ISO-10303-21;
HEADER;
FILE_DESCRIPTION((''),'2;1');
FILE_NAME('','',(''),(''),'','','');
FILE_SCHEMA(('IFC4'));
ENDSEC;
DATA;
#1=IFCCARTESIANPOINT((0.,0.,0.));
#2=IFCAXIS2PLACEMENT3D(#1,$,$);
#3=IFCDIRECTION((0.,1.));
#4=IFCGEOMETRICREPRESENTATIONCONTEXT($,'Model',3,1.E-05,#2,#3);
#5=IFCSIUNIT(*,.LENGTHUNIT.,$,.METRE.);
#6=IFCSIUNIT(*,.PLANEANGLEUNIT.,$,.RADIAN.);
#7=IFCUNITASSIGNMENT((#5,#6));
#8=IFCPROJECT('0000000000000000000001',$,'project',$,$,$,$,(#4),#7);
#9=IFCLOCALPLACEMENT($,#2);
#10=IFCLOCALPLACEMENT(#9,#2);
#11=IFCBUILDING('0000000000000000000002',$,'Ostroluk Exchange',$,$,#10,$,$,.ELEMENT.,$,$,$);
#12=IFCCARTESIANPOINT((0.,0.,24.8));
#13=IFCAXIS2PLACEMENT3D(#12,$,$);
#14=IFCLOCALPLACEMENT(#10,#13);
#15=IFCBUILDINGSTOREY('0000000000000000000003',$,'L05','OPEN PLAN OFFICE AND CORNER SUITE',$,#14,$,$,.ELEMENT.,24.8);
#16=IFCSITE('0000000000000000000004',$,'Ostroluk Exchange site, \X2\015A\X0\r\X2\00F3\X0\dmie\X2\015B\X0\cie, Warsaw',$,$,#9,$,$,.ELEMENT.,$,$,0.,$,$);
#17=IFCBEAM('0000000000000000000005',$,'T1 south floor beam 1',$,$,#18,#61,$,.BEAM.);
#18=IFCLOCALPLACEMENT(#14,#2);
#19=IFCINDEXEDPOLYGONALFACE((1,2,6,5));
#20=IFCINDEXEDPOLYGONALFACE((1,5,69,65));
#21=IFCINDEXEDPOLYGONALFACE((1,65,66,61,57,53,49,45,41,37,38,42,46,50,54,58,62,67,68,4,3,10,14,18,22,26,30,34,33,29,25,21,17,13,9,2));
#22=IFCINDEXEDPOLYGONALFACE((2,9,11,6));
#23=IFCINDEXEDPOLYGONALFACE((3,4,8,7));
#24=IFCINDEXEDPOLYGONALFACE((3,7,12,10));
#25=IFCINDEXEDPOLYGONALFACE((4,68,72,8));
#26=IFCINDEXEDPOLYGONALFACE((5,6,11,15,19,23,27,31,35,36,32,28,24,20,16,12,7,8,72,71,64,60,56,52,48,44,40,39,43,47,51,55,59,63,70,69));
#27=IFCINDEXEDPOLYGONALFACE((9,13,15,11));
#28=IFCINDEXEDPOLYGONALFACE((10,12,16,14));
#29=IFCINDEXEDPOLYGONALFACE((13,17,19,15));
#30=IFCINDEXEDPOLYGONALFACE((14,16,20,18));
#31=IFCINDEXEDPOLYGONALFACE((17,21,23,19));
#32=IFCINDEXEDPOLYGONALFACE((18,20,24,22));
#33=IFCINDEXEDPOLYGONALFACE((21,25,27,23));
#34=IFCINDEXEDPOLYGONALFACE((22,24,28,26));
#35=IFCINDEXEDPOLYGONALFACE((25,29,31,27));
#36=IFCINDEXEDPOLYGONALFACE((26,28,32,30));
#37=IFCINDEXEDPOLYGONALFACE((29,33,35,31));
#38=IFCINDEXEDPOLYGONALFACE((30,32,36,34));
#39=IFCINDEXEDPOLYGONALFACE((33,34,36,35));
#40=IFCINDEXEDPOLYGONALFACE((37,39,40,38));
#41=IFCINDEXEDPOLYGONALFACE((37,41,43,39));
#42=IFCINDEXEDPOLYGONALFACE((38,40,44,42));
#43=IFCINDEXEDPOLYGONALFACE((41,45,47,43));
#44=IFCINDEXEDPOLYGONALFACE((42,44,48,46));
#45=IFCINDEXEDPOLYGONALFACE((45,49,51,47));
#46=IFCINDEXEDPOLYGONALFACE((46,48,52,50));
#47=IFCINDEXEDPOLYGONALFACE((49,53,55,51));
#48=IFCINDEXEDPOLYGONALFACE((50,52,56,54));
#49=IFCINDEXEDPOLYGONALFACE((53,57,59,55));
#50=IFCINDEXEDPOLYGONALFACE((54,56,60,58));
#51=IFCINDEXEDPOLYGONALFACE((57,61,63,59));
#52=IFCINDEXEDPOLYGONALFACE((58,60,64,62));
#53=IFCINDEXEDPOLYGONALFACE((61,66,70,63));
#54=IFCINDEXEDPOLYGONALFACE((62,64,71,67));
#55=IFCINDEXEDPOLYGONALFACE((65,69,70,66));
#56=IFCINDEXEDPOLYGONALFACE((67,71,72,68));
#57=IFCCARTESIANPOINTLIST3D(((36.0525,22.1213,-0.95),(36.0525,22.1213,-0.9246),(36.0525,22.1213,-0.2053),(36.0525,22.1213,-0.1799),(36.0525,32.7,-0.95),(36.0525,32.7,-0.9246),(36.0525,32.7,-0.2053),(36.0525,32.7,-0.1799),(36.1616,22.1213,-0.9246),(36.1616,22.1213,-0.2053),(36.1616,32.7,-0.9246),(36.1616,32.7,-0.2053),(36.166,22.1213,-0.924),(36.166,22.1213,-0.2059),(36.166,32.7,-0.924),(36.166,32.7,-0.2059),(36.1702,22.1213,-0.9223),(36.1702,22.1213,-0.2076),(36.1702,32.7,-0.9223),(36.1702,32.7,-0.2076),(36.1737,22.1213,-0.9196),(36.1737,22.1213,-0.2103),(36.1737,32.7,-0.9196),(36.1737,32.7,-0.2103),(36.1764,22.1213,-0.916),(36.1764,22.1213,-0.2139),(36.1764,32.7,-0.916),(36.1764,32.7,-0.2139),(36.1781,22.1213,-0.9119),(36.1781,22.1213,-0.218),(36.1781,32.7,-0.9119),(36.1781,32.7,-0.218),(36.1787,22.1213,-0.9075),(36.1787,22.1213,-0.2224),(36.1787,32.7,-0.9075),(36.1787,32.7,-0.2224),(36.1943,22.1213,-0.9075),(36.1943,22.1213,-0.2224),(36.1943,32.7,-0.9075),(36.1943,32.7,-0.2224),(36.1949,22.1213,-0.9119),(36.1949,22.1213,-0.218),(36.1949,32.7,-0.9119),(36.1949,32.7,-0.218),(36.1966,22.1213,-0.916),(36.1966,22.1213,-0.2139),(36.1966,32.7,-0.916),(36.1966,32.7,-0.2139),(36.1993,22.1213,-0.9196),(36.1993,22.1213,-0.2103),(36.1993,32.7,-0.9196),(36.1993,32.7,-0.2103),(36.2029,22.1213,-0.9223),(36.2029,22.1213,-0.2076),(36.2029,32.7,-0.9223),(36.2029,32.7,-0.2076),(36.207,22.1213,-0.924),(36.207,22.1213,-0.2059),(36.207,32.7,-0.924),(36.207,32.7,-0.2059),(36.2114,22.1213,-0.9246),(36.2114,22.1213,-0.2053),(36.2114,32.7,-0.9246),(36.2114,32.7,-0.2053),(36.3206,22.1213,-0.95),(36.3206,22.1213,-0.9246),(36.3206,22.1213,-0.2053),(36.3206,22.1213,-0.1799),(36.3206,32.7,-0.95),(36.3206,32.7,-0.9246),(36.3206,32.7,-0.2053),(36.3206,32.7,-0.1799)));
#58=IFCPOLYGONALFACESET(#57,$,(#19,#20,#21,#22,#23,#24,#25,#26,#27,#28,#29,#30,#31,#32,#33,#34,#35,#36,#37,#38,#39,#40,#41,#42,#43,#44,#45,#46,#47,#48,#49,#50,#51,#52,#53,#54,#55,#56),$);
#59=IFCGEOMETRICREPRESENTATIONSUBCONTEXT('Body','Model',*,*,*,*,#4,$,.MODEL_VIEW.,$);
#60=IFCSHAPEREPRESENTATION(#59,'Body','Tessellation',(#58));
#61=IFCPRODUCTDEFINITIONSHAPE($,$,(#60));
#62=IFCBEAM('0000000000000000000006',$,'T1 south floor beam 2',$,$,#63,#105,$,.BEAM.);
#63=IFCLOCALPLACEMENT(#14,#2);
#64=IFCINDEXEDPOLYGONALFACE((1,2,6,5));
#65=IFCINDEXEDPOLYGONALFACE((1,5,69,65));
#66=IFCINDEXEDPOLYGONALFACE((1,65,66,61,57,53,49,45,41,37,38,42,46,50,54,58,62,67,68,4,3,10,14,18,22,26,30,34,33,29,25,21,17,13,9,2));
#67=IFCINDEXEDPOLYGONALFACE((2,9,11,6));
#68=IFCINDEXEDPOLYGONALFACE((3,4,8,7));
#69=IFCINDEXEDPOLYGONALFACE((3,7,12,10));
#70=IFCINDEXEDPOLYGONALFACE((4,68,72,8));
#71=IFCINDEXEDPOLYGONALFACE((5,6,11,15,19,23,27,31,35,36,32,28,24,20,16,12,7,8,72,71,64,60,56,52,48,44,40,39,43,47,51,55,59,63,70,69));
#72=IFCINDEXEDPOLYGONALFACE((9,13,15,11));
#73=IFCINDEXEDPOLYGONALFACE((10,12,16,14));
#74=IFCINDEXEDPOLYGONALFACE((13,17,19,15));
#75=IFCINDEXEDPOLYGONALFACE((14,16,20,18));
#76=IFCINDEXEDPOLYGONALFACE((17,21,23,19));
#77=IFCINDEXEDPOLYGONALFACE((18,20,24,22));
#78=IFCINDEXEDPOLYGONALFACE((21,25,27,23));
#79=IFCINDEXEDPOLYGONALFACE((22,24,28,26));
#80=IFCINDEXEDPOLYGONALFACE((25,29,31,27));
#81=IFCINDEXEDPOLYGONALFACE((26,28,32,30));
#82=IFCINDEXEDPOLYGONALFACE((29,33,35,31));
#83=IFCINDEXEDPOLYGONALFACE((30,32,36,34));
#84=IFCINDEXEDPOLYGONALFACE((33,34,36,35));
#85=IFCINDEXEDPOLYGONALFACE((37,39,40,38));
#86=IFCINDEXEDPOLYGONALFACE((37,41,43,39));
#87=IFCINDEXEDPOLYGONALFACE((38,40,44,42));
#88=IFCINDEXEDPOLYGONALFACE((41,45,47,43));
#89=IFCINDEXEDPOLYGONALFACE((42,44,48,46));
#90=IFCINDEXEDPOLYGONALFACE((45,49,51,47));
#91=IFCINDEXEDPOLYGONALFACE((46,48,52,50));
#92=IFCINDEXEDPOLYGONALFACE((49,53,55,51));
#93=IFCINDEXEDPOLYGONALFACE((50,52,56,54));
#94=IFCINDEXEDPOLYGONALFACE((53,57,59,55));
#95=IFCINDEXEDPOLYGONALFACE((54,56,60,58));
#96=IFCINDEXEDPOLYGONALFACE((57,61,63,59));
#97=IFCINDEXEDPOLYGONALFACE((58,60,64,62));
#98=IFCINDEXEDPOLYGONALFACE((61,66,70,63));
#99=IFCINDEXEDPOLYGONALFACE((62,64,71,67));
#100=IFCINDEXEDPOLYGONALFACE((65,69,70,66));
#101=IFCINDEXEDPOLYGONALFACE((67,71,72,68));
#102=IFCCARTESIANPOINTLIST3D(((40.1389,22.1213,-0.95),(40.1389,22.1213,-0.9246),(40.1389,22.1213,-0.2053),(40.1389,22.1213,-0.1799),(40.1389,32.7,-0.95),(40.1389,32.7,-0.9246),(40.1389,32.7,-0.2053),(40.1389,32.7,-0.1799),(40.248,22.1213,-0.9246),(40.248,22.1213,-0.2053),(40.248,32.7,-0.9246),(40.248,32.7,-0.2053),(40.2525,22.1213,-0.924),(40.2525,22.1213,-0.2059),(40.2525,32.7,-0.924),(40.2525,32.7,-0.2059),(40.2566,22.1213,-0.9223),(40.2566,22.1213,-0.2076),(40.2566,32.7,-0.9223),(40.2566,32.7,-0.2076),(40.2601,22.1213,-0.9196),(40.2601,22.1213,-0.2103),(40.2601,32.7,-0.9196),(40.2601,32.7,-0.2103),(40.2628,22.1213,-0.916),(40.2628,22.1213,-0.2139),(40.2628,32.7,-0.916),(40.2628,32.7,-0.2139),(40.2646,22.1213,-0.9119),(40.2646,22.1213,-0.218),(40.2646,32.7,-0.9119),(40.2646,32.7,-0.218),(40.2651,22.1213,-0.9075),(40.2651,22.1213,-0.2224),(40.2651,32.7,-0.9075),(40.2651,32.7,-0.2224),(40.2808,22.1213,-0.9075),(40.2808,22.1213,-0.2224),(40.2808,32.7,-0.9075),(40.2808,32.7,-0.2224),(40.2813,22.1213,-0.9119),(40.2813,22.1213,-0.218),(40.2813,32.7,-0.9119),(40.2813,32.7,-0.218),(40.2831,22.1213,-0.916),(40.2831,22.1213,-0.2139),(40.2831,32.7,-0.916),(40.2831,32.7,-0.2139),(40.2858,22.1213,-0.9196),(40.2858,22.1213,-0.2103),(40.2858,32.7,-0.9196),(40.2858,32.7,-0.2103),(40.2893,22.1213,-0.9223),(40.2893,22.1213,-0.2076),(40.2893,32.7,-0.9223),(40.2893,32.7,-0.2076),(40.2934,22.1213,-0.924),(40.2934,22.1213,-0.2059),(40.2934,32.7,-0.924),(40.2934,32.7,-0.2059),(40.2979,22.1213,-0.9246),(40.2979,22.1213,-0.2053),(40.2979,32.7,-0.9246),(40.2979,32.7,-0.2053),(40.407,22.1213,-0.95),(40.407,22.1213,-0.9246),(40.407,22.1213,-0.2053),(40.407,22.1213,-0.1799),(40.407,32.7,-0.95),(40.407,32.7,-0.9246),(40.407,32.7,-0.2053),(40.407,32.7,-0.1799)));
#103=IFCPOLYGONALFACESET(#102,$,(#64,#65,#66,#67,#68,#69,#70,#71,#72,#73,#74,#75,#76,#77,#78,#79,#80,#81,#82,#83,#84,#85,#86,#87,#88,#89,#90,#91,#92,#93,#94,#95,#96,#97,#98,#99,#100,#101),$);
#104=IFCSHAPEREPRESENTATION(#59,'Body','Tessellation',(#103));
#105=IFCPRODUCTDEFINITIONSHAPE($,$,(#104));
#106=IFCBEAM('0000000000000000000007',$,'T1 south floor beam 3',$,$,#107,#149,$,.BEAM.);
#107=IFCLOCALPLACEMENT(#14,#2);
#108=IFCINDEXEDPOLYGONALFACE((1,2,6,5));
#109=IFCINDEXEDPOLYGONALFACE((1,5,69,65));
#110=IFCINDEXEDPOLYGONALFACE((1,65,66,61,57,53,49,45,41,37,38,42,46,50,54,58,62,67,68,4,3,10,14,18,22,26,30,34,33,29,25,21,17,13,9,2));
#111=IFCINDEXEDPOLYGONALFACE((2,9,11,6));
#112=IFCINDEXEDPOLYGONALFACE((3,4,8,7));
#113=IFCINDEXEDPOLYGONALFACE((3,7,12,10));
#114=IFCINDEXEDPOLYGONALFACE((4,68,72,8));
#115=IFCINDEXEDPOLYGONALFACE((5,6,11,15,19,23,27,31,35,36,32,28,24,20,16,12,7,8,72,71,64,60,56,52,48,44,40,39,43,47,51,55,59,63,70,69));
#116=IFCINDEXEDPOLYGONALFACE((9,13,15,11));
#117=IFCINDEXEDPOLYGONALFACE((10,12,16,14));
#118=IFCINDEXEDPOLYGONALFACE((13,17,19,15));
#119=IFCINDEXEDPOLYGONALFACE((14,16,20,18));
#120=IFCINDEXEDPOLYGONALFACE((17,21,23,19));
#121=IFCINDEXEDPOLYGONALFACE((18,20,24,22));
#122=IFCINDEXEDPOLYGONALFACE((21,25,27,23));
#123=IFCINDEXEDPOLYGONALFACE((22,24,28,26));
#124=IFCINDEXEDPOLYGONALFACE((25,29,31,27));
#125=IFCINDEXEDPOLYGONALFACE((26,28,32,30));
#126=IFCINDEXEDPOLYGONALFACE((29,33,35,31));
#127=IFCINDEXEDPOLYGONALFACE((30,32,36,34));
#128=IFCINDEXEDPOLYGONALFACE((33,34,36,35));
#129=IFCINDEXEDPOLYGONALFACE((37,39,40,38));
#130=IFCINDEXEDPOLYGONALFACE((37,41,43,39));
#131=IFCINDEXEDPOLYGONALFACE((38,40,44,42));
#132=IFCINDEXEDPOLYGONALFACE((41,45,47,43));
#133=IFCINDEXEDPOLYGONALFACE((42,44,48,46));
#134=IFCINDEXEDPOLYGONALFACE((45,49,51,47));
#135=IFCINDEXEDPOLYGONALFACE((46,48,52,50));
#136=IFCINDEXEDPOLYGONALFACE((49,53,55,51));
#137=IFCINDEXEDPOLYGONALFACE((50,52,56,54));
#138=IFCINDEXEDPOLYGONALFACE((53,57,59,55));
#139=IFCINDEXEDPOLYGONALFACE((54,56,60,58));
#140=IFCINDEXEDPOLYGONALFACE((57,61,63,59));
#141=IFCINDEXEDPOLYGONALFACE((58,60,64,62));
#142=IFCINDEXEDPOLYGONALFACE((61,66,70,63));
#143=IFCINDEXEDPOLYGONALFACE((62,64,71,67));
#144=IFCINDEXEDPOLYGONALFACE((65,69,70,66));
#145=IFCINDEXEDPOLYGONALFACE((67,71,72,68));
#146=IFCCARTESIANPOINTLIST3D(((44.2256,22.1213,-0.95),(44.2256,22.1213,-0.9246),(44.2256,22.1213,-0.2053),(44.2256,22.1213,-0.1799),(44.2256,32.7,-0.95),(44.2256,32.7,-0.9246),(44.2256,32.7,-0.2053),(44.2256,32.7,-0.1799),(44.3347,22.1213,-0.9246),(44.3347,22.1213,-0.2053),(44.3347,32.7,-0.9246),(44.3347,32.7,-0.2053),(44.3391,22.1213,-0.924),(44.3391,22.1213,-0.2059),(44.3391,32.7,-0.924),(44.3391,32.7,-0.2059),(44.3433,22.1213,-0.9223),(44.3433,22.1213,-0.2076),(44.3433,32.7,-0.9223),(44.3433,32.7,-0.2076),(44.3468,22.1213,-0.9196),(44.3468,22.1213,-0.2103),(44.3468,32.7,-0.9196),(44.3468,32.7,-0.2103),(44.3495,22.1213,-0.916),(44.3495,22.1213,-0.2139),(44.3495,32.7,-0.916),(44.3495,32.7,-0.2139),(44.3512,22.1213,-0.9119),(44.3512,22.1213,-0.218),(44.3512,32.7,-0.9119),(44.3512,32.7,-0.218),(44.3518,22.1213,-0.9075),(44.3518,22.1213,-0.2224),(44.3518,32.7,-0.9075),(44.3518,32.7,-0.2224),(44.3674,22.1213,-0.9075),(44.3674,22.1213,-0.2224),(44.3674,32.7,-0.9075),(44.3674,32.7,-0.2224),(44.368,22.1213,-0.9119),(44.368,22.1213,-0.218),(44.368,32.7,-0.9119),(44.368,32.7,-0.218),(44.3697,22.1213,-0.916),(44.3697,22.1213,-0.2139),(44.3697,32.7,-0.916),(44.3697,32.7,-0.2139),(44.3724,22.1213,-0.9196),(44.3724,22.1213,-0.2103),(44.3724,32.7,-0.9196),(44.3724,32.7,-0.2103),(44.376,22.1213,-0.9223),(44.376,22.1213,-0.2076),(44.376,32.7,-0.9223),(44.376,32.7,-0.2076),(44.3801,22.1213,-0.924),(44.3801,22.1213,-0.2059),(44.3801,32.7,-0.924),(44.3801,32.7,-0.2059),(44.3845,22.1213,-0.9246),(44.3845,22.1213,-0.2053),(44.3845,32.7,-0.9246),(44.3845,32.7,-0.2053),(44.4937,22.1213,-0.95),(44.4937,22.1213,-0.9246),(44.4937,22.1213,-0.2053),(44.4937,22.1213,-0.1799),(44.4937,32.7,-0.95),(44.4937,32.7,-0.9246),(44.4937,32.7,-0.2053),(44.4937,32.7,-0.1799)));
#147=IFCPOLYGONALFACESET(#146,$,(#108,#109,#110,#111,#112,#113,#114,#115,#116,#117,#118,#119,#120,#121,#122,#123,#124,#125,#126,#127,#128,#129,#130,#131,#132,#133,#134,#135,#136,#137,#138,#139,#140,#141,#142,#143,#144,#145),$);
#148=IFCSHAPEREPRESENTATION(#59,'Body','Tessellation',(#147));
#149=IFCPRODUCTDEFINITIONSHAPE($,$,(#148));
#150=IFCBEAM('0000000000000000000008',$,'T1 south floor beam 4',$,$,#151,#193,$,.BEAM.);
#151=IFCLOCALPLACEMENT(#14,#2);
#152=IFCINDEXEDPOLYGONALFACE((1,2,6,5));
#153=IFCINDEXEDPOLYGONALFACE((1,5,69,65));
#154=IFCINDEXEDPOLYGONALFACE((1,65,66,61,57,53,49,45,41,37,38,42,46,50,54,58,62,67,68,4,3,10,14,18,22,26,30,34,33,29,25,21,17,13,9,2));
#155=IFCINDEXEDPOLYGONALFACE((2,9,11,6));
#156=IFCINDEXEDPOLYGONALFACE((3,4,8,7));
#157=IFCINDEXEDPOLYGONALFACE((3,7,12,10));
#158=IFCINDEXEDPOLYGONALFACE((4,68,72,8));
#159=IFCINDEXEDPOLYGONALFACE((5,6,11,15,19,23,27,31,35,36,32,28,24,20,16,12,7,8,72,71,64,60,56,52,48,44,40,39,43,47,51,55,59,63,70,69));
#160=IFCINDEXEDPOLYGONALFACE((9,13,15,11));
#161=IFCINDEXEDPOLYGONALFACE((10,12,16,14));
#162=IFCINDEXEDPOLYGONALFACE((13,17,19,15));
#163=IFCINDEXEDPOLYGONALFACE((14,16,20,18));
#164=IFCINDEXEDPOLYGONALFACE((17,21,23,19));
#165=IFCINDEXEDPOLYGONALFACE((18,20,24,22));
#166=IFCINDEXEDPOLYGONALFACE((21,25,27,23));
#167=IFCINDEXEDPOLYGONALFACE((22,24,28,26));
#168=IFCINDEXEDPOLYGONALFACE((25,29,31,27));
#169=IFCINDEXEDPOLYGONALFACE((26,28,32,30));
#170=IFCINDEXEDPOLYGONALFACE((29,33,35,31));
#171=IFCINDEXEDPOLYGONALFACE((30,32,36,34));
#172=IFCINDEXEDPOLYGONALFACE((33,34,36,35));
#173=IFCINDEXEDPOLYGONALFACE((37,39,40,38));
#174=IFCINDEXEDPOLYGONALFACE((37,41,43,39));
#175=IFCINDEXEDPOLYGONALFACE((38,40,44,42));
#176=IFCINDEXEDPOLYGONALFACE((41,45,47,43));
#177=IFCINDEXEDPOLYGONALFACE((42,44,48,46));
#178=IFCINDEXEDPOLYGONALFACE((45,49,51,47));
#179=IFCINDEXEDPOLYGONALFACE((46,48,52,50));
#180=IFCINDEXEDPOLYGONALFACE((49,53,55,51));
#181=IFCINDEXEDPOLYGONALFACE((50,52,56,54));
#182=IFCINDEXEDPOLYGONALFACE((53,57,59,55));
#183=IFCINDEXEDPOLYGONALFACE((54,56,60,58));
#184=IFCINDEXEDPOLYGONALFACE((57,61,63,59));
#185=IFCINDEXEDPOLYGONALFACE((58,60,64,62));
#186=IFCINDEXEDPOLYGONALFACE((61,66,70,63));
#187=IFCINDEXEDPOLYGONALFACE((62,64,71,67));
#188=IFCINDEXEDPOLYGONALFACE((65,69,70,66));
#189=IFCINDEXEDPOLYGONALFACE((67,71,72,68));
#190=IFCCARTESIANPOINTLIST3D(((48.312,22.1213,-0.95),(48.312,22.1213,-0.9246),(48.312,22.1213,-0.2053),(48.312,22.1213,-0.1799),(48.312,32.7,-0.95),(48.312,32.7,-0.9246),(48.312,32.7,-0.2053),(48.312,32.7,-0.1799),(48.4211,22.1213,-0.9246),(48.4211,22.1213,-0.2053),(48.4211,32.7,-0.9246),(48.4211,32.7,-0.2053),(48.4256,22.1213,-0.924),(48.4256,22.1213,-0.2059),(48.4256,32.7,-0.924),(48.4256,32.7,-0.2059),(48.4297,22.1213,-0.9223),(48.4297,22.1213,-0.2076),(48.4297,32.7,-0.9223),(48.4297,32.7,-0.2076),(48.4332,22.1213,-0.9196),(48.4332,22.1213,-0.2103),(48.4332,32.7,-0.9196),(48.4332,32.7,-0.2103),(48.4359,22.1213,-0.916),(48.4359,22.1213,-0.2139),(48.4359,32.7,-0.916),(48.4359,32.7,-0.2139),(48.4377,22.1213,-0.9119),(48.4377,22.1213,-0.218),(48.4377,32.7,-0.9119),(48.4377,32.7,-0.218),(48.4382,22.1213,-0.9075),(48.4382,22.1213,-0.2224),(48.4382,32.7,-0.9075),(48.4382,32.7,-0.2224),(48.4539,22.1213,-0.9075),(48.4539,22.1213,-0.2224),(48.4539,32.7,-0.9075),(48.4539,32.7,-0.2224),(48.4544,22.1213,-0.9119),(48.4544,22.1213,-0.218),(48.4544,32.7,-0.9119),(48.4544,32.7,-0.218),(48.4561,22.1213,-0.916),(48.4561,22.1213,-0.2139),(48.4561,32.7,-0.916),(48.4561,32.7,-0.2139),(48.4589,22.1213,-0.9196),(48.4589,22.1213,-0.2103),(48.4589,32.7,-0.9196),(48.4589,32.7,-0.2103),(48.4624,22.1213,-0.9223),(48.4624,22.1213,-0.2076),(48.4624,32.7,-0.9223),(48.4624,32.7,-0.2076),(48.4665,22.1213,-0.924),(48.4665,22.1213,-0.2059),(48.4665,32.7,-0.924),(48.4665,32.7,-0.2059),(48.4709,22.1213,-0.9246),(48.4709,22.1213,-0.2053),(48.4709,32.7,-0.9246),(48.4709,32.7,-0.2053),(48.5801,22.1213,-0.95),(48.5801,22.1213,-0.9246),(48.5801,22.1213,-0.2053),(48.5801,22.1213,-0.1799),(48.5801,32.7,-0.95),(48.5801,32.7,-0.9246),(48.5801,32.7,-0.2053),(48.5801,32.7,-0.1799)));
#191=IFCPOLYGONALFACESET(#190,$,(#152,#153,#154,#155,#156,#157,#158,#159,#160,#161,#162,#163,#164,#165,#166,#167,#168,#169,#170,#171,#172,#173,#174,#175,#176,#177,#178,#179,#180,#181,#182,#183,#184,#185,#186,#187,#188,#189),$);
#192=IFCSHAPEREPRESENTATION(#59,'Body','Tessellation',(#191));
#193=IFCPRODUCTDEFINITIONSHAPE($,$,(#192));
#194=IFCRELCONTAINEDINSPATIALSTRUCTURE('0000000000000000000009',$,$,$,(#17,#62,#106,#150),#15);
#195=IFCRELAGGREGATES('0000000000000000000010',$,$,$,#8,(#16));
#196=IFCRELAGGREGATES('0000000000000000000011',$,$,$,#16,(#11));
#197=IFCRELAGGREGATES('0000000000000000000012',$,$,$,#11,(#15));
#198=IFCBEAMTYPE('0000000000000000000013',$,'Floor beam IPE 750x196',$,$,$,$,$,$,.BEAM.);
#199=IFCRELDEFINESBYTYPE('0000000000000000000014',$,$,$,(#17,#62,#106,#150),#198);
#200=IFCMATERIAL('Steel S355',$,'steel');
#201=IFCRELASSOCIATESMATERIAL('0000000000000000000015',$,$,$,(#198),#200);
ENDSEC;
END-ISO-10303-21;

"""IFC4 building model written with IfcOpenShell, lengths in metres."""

from ifc_helpers import new_model, si_unit, direction, frame, origin, origin_2d, place, context, subcontext, project, spatial, i_section, extrude, material, material_profile, profile_set, type_object, element, save


model = new_model("IFC4")

# Units and contexts
model_context = context("Model", 3, precision=1e-05, world=origin(), true_north=direction((0.0, 1.0)))
body_context = subcontext(model_context, "Body", "Model", "MODEL_VIEW")
ifc_project = project(units=[si_unit("LENGTHUNIT", "METRE"), si_unit("PLANEANGLEUNIT", "RADIAN")], contexts=[model_context])

# Site, building, storey
site_placement = place(None, origin())
site = spatial("IfcSite", under=ifc_project, at=site_placement, Name="Ostroluk Exchange site, Śródmieście, Warsaw", CompositionType="ELEMENT", RefElevation=0.0)
building_placement = place(site_placement, origin())
building = spatial("IfcBuilding", under=site, at=building_placement, Name="Ostroluk Exchange", CompositionType="ELEMENT")
storey_placement = place(building_placement, frame((0.0, 0.0, 24.8)))
storey = spatial("IfcBuildingStorey", under=building, at=storey_placement, Name="L05", Description="OPEN PLAN OFFICE AND CORNER SUITE", CompositionType="ELEMENT", Elevation=24.8)

# Beams
ifc_material_1 = material(Name="Steel S355", Category="steel")
ifc_material_profile = material_profile(ifc_material_1, i_section(OverallWidth=0.2681, OverallDepth=0.77, WebThickness=0.0156, FlangeThickness=0.0254, FilletRadius=0.0171, at=origin_2d()), Name="IPE 750x196")
ifc_profile_set = profile_set([ifc_material_profile], Name="Steel S355")
beam_type = type_object("IfcBeamType", Name="Floor beam IPE 750x196", PredefinedType="BEAM", material=ifc_profile_set)
for number, where, z_axis, x_axis, name in (
    (1, (36.1865, 32.7, -0.5649), (0.0, -1.0, 0.0), (1.0, 0.0, 0.0), "T1 south floor beam 1"),
    (2, (40.2729, 32.7, -0.5649), (0.0, -1.0, 0.0), (1.0, 0.0, 0.0), "T1 south floor beam 2"),
    (3, (44.3596, 32.7, -0.5649), (0.0, -1.0, 0.0), (1.0, 0.0, 0.0), "T1 south floor beam 3"),
    (4, (48.446, 32.7, -0.5649), (0.0, -1.0, 0.0), (1.0, 0.0, 0.0), "T1 south floor beam 4"),
):
    element("IfcBeam", number, at=place(storey_placement, frame(where, z_axis=z_axis, x_axis=x_axis)), inside=storey, type_object=beam_type, Name=name, PredefinedType="BEAM", context=body_context, shape_type="SweptSolid", body=[
        extrude(i_section(OverallWidth=0.2681, OverallDepth=0.77, WebThickness=0.0156, FlangeThickness=0.0254, FilletRadius=0.0171, at=origin_2d()), origin(), (0.0, 0.0, 1.0), 10.5786),
    ])

save(model, "model.ifc")
